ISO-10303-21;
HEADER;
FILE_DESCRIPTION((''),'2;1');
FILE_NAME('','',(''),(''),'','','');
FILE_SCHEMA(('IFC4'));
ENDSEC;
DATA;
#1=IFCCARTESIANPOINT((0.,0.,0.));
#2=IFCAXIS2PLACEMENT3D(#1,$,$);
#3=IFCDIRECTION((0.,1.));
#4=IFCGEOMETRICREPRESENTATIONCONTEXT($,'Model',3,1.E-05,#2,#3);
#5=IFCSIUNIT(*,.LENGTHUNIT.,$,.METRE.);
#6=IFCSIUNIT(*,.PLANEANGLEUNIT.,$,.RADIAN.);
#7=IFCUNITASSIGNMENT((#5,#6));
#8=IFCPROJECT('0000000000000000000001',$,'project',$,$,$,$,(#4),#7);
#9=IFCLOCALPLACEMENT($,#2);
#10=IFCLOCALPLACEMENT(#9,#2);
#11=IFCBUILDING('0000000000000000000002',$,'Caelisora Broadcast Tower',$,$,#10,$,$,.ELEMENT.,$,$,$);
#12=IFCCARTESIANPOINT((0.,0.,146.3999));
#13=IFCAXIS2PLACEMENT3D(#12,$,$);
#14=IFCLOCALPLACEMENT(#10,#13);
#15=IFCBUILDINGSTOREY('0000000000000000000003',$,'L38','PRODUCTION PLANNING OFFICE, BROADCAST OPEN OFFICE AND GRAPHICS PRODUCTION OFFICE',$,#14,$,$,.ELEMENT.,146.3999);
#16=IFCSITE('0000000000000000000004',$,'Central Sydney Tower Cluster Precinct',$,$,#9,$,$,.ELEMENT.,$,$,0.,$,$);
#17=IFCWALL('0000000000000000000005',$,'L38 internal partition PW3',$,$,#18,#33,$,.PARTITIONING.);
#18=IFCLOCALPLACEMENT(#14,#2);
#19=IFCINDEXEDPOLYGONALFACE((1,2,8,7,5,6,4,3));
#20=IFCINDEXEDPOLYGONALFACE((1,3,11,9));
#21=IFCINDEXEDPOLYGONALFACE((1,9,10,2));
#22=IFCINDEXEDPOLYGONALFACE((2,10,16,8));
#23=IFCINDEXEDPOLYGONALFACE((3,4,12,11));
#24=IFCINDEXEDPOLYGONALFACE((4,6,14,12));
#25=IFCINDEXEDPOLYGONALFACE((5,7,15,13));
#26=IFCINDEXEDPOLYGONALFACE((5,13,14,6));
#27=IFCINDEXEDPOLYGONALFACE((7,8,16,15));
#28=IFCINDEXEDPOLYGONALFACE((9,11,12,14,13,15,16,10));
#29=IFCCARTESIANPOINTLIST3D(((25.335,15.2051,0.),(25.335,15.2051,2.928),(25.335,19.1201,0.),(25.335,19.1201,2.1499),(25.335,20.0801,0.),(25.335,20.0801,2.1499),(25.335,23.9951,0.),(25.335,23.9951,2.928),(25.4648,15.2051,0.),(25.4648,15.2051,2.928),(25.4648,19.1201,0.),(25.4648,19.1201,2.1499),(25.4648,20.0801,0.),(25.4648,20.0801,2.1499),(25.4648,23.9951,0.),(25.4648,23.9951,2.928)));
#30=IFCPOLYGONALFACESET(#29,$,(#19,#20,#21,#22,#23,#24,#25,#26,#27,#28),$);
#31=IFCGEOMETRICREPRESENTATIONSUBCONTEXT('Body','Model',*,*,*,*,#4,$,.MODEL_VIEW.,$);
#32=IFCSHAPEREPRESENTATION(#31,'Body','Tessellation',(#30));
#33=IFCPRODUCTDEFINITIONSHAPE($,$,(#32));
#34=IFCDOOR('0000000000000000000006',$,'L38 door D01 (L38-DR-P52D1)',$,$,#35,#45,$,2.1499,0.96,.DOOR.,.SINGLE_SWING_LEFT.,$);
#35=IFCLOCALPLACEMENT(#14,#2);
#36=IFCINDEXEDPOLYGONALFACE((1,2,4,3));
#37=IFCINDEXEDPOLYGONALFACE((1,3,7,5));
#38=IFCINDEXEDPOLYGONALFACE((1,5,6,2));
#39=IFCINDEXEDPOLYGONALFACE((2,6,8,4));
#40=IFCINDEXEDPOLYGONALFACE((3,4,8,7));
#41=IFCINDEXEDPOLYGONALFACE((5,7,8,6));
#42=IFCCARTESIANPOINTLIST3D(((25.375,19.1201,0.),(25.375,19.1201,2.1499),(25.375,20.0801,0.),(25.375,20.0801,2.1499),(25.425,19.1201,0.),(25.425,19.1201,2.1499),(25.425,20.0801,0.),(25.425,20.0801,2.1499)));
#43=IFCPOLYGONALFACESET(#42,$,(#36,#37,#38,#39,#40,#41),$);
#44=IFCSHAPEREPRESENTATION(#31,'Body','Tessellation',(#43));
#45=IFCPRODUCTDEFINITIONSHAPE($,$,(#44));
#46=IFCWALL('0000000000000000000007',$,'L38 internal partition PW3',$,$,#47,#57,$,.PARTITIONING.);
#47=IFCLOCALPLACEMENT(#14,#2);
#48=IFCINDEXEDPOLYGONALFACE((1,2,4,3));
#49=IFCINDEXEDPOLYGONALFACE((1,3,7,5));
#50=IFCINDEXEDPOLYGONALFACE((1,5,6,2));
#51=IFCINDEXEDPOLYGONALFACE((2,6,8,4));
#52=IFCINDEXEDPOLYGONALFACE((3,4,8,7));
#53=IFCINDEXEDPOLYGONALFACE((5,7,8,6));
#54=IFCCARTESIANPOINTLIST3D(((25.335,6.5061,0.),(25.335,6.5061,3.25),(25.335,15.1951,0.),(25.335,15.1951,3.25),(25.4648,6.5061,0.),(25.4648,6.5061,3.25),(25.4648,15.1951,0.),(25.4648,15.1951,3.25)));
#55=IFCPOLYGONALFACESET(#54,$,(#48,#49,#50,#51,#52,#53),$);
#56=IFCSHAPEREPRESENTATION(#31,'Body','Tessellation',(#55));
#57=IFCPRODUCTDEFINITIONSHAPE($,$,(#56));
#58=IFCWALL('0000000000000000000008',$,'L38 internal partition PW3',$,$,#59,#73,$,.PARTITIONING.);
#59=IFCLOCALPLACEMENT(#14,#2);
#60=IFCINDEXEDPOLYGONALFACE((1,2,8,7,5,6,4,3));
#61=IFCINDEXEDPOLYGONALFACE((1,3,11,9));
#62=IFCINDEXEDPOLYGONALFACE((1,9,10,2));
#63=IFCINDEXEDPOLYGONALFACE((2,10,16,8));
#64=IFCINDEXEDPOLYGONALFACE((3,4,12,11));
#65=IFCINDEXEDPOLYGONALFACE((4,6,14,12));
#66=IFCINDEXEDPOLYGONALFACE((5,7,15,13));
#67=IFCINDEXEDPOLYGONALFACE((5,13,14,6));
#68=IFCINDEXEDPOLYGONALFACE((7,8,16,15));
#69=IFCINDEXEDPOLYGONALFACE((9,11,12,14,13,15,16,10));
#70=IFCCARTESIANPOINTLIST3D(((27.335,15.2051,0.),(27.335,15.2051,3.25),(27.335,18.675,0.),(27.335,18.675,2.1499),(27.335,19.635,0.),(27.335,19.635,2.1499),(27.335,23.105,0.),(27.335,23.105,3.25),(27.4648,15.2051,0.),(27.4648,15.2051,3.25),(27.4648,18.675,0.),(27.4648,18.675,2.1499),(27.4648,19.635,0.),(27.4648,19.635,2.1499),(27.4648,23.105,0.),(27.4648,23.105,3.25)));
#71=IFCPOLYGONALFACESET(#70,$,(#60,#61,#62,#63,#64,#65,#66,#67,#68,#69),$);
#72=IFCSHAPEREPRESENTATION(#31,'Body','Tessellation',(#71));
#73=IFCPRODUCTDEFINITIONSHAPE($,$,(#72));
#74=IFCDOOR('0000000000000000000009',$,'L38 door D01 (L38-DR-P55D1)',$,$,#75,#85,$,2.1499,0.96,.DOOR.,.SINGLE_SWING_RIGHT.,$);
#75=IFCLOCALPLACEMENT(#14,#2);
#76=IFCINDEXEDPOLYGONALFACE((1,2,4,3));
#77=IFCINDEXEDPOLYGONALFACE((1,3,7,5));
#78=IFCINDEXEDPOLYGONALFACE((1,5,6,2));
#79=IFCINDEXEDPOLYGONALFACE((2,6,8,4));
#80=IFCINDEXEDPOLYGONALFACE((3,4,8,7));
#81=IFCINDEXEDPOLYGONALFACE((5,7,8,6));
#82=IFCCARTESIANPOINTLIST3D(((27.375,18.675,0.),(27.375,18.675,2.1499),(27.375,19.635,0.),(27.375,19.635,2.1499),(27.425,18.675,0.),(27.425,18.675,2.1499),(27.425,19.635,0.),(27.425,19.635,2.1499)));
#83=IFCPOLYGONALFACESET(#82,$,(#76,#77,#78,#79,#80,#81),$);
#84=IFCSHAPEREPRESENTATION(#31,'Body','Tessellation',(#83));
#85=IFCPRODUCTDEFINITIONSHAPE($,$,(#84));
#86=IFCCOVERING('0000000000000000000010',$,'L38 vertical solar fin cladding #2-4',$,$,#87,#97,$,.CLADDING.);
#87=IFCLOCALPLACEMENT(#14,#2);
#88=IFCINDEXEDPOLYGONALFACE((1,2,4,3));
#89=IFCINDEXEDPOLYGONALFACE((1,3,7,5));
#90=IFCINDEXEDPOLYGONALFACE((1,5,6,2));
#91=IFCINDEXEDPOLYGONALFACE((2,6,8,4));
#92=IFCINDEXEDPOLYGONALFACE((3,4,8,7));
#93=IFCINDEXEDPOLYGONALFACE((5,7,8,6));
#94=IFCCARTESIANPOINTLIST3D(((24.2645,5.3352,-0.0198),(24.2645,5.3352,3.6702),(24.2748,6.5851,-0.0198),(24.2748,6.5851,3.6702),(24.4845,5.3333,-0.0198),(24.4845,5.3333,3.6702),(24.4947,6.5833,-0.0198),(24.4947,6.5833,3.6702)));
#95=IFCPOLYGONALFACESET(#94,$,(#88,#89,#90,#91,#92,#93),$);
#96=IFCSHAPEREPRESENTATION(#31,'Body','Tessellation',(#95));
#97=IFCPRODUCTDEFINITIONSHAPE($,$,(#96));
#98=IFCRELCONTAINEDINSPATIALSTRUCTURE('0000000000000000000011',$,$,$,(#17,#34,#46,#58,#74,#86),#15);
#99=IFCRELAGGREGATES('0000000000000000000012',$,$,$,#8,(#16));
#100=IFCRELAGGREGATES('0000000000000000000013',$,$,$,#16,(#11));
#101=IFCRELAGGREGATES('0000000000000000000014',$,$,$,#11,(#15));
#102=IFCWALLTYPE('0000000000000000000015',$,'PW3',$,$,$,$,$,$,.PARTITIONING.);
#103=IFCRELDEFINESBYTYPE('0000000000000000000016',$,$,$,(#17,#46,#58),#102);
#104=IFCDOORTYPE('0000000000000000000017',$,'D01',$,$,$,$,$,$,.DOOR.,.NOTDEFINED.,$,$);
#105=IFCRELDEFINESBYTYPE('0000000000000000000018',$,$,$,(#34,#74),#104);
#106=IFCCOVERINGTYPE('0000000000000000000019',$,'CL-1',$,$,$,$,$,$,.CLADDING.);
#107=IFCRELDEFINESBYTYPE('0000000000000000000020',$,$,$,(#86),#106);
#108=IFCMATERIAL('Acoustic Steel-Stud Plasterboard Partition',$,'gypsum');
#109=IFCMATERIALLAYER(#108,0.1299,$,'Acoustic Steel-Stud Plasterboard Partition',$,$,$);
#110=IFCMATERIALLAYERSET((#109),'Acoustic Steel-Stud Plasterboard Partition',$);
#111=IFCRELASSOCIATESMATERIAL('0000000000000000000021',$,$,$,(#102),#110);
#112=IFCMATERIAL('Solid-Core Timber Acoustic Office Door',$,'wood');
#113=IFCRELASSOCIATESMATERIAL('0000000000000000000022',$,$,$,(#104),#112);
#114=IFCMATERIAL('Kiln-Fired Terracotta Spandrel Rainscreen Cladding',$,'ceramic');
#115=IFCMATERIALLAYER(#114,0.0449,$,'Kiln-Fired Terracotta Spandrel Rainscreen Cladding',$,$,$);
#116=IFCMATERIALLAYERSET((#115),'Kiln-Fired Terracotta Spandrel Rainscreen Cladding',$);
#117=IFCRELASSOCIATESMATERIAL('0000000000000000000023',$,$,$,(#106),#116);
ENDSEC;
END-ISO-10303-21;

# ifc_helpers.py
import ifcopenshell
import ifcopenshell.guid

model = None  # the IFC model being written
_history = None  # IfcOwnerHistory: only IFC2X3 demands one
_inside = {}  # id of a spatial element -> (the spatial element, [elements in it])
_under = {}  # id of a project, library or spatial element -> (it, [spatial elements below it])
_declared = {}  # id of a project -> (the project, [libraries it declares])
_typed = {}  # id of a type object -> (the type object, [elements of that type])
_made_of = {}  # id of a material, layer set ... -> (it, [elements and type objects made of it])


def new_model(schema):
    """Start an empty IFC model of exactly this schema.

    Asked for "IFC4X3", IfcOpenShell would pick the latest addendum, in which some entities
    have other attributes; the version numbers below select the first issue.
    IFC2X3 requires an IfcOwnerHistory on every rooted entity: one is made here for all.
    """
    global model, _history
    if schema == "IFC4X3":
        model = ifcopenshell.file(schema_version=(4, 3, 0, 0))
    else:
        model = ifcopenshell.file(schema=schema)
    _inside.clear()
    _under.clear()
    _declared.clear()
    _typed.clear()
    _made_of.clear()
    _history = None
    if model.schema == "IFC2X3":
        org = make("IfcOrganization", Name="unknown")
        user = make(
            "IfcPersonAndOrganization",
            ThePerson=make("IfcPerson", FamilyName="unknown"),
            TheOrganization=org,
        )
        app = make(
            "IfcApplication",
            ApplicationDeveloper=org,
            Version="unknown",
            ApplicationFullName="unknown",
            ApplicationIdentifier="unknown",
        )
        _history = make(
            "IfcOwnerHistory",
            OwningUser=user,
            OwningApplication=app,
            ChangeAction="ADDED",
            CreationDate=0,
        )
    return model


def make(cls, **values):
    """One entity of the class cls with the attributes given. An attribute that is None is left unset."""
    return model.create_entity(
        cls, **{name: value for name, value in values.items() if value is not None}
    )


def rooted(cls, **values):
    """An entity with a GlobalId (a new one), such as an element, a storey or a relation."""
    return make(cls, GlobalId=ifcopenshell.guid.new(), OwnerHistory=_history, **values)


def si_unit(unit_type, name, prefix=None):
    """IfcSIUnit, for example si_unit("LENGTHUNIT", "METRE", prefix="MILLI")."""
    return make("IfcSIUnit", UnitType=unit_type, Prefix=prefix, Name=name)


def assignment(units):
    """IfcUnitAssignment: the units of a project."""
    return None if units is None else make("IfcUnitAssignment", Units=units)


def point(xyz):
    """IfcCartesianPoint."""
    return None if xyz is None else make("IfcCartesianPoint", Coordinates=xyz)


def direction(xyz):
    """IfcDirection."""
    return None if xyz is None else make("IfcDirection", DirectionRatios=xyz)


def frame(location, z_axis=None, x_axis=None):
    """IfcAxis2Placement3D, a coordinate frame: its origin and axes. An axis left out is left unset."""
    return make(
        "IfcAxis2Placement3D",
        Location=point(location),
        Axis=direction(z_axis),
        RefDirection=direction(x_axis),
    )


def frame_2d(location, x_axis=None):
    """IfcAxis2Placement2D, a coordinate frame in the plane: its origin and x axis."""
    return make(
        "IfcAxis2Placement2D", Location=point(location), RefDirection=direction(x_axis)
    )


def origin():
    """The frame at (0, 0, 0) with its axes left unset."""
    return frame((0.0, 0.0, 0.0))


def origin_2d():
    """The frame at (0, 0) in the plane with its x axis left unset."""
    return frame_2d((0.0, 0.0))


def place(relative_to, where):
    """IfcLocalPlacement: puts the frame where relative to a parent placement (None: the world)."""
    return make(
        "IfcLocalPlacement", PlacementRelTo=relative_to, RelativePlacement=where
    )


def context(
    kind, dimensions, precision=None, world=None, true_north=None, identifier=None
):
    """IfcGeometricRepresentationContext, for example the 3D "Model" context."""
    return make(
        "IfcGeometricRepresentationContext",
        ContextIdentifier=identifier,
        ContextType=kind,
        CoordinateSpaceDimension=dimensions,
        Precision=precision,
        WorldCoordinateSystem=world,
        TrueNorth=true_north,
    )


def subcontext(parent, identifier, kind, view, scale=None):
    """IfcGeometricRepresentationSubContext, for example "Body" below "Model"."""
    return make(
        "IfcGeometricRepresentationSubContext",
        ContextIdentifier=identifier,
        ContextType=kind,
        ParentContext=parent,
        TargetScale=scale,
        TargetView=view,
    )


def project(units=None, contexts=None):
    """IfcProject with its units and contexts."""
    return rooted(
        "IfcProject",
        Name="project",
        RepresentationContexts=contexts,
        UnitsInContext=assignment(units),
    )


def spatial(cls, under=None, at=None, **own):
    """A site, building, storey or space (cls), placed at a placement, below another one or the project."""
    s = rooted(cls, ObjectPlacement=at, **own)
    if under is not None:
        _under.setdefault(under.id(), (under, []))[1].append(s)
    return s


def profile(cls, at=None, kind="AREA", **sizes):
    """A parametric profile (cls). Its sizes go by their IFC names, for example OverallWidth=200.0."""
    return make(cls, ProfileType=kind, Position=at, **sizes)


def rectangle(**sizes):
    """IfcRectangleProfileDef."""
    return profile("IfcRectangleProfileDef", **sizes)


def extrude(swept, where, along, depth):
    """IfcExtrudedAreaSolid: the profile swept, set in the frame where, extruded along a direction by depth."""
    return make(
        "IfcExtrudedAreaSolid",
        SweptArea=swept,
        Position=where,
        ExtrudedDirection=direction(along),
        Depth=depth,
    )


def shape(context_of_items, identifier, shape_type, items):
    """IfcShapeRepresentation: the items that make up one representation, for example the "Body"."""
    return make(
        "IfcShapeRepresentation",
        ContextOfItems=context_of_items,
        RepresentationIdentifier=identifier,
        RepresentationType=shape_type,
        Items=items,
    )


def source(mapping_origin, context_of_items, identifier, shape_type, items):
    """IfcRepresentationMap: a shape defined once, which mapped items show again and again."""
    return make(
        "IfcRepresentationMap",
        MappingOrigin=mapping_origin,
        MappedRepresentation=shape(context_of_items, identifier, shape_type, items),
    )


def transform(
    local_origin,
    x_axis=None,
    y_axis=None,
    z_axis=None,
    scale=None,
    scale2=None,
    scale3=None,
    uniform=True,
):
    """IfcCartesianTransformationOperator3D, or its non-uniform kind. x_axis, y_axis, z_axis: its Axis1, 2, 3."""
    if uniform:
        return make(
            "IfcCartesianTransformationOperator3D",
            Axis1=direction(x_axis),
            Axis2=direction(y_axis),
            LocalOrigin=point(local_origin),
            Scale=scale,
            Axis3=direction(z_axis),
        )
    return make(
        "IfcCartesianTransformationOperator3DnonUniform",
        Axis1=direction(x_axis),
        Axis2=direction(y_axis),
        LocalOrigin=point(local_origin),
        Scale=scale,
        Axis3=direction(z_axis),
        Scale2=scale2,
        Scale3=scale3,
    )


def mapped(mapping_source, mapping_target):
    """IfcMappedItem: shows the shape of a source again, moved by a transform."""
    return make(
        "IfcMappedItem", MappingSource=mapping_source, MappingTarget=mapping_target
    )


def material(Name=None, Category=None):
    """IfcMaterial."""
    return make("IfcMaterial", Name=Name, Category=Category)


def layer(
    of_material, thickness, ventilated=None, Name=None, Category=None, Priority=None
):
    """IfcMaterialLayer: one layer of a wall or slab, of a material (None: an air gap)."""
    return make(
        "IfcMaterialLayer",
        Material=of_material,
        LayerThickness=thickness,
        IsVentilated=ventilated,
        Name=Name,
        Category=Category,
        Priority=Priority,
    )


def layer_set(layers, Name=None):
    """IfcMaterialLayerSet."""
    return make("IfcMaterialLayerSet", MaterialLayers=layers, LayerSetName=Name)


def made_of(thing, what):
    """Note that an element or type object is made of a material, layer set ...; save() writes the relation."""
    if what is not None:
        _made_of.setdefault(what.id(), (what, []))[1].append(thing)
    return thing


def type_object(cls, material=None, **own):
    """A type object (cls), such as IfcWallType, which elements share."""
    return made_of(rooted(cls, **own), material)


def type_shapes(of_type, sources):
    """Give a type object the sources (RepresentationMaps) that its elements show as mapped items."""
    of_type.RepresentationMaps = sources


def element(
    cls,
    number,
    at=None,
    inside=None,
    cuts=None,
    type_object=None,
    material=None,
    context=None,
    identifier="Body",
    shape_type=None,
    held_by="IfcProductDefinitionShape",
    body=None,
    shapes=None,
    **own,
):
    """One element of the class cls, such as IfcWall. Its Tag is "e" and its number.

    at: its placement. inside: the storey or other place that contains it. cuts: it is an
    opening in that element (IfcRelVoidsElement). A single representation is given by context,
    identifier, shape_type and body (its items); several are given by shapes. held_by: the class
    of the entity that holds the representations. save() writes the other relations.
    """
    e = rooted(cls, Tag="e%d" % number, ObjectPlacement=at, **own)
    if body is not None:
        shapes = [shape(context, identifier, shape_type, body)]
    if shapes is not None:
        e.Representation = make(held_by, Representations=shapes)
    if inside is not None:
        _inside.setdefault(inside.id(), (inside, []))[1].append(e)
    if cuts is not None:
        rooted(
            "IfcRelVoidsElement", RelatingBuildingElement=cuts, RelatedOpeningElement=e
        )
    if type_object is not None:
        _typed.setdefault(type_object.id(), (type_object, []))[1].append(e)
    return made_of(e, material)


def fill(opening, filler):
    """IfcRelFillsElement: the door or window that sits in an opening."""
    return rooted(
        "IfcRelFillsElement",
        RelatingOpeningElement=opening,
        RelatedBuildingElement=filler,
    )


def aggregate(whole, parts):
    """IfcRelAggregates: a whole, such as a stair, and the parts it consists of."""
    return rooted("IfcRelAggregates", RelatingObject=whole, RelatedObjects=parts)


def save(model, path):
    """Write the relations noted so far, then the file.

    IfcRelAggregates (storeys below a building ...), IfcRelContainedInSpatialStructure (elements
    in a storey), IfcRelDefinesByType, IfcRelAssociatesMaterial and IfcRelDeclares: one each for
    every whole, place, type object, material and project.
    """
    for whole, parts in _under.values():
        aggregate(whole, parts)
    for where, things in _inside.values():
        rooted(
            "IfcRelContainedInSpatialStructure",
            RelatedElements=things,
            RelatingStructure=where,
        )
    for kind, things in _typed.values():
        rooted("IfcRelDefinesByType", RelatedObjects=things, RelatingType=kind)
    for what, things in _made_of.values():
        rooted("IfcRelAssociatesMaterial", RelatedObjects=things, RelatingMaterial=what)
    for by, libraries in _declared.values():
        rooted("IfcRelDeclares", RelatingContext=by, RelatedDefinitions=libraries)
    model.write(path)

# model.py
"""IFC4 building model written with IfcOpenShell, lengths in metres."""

from ifc_helpers import new_model, si_unit, direction, frame, frame_2d, origin, origin_2d, place, context, subcontext, project, spatial, rectangle, extrude, source, transform, mapped, material, layer, layer_set, type_object, type_shapes, element, fill, save


model = new_model("IFC4")

# Units and contexts
model_context = context("Model", 3, precision=1e-05, world=origin(), true_north=direction((0.0, 1.0)))
body_context = subcontext(model_context, "Body", "Model", "MODEL_VIEW")
ifc_project = project(units=[si_unit("LENGTHUNIT", "METRE"), si_unit("PLANEANGLEUNIT", "RADIAN")], contexts=[model_context])

# Site, building, storey
site_placement = place(None, origin())
site = spatial("IfcSite", under=ifc_project, at=site_placement, Name="Central Sydney Tower Cluster Precinct", CompositionType="ELEMENT", RefElevation=0.0)
building_placement = place(site_placement, origin())
building = spatial("IfcBuilding", under=site, at=building_placement, Name="Caelisora Broadcast Tower", CompositionType="ELEMENT")
storey_placement = place(building_placement, frame((0.0, 0.0, 146.3999)))
storey = spatial("IfcBuildingStorey", under=building, at=storey_placement, Name="L38", Description="PRODUCTION PLANNING OFFICE, BROADCAST OPEN OFFICE AND GRAPHICS PRODUCTION OFFICE", CompositionType="ELEMENT", Elevation=146.3999)

# Shared definitions
ifc_material_1 = material(Name="Acoustic Steel-Stud Plasterboard Partition", Category="gypsum")
ifc_layer_1 = layer(ifc_material_1, 0.1299, Name="Acoustic Steel-Stud Plasterboard Partition")
ifc_layer_set_1 = layer_set([ifc_layer_1], Name="Acoustic Steel-Stud Plasterboard Partition")
wall_type = type_object("IfcWallType", Name="PW3", PredefinedType="PARTITIONING", material=ifc_layer_set_1)
ifc_material_2 = material(Name="Solid-Core Timber Acoustic Office Door", Category="wood")
door_type = type_object("IfcDoorType", Name="D01", OperationType="NOTDEFINED", PredefinedType="DOOR", material=ifc_material_2)

# Wall, opening, door
wall_1_placement = place(storey_placement, frame((25.3999, 15.2051, 0.0), z_axis=(0.0, 0.0, 1.0), x_axis=(0.0, 1.0, 0.0)))
wall_1 = element("IfcWall", 1, at=wall_1_placement, inside=storey, type_object=wall_type, Name="L38 internal partition PW3", PredefinedType="PARTITIONING", context=body_context, shape_type="SweptSolid", body=[
    extrude(rectangle(XDim=8.79, YDim=0.1299, at=frame_2d((4.395, 0.0))), origin(), (0.0, 0.0, 1.0), 2.928),
])
opening_1_placement = place(wall_1_placement, frame((3.915, 0.0, 0.0)))
opening_1 = element("IfcOpeningElement", 2, at=opening_1_placement, cuts=wall_1, PredefinedType="OPENING", context=body_context, shape_type="SweptSolid", body=[
    extrude(rectangle(XDim=0.96, YDim=2.1499, at=frame_2d((0.48, 1.075))), frame((0.0, 0.0769, 0.0), z_axis=(0.0, -1.0, 0.0), x_axis=(1.0, 0.0, 0.0)), (0.0, 0.0, 1.0), 0.1538),
])
door_1_placement = place(opening_1_placement, origin())
door_1 = element("IfcDoor", 3, at=door_1_placement, inside=storey, type_object=door_type, Name="L38 door D01 (L38-DR-P52D1)", OperationType="SINGLE_SWING_LEFT", OverallHeight=2.1499, OverallWidth=0.96, PredefinedType="DOOR", context=body_context, shape_type="SweptSolid", body=[
    extrude(rectangle(XDim=0.96, YDim=2.1499, at=frame_2d((0.48, 1.075))), frame((0.0, 0.0249, 0.0), z_axis=(0.0, -1.0, 0.0), x_axis=(1.0, 0.0, 0.0)), (0.0, 0.0, 1.0), 0.05),
])
fill(opening_1, door_1)

# Wall
wall_2_placement = place(storey_placement, frame((25.3999, 6.5061, 0.0), z_axis=(0.0, 0.0, 1.0), x_axis=(0.0, 1.0, 0.0)))
element("IfcWall", 4, at=wall_2_placement, inside=storey, type_object=wall_type, Name="L38 internal partition PW3", PredefinedType="PARTITIONING", context=body_context, shape_type="SweptSolid", body=[
    extrude(rectangle(XDim=8.689, YDim=0.1299, at=frame_2d((4.3445, 0.0))), origin(), (0.0, 0.0, 1.0), 3.25),
])

# Wall, opening, door
wall_3_placement = place(storey_placement, frame((27.3999, 15.2051, 0.0), z_axis=(0.0, 0.0, 1.0), x_axis=(0.0, 1.0, 0.0)))
wall_3 = element("IfcWall", 5, at=wall_3_placement, inside=storey, type_object=wall_type, Name="L38 internal partition PW3", PredefinedType="PARTITIONING", context=body_context, shape_type="SweptSolid", body=[
    extrude(rectangle(XDim=7.8999, YDim=0.1299, at=frame_2d((3.95, 0.0))), origin(), (0.0, 0.0, 1.0), 3.25),
])
opening_2_placement = place(wall_3_placement, frame((3.47, 0.0, 0.0)))
opening_2 = element("IfcOpeningElement", 6, at=opening_2_placement, cuts=wall_3, PredefinedType="OPENING", context=body_context, shape_type="SweptSolid", body=[
    extrude(rectangle(XDim=0.96, YDim=2.1499, at=frame_2d((0.48, 1.075))), frame((0.0, 0.0769, 0.0), z_axis=(0.0, -1.0, 0.0), x_axis=(1.0, 0.0, 0.0)), (0.0, 0.0, 1.0), 0.1538),
])
door_2_placement = place(opening_2_placement, origin())
door_2 = element("IfcDoor", 7, at=door_2_placement, inside=storey, type_object=door_type, Name="L38 door D01 (L38-DR-P55D1)", OperationType="SINGLE_SWING_RIGHT", OverallHeight=2.1499, OverallWidth=0.96, PredefinedType="DOOR", context=body_context, shape_type="SweptSolid", body=[
    extrude(rectangle(XDim=0.96, YDim=2.1499, at=frame_2d((0.48, 1.075))), frame((0.0, 0.0249, 0.0), z_axis=(0.0, -1.0, 0.0), x_axis=(1.0, 0.0, 0.0)), (0.0, 0.0, 1.0), 0.05),
])
fill(opening_2, door_2)

# Covering
ifc_material_3 = material(Name="Kiln-Fired Terracotta Spandrel Rainscreen Cladding", Category="ceramic")
ifc_layer_2 = layer(ifc_material_3, 0.0449, Name="Kiln-Fired Terracotta Spandrel Rainscreen Cladding")
ifc_layer_set_2 = layer_set([ifc_layer_2], Name="Kiln-Fired Terracotta Spandrel Rainscreen Cladding")
covering_type = type_object("IfcCoveringType", Name="CL-1", PredefinedType="CLADDING", material=ifc_layer_set_2)
shared_shape_1 = source(origin(), body_context, "Body", "SweptSolid", [
    extrude(rectangle(XDim=0.22, YDim=1.25, at=origin_2d()), origin(), (0.0, 0.0, 1.0), 3.6899),
])
type_shapes(covering_type, [shared_shape_1])
covering_placement = place(storey_placement, frame((24.3796, 5.9592, -0.0198), z_axis=(0.0, 0.0, 1.0), x_axis=(-0.999966, 0.008203, 0.0)))
element("IfcCovering", 8, at=covering_placement, inside=storey, type_object=covering_type, Name="L38 vertical solar fin cladding #2-4", PredefinedType="CLADDING", context=body_context, shape_type="MappedRepresentation", body=[
    mapped(shared_shape_1, transform((0.0, 0.0, 0.0), scale=1.0)),
])

save(model, "model.ifc")
